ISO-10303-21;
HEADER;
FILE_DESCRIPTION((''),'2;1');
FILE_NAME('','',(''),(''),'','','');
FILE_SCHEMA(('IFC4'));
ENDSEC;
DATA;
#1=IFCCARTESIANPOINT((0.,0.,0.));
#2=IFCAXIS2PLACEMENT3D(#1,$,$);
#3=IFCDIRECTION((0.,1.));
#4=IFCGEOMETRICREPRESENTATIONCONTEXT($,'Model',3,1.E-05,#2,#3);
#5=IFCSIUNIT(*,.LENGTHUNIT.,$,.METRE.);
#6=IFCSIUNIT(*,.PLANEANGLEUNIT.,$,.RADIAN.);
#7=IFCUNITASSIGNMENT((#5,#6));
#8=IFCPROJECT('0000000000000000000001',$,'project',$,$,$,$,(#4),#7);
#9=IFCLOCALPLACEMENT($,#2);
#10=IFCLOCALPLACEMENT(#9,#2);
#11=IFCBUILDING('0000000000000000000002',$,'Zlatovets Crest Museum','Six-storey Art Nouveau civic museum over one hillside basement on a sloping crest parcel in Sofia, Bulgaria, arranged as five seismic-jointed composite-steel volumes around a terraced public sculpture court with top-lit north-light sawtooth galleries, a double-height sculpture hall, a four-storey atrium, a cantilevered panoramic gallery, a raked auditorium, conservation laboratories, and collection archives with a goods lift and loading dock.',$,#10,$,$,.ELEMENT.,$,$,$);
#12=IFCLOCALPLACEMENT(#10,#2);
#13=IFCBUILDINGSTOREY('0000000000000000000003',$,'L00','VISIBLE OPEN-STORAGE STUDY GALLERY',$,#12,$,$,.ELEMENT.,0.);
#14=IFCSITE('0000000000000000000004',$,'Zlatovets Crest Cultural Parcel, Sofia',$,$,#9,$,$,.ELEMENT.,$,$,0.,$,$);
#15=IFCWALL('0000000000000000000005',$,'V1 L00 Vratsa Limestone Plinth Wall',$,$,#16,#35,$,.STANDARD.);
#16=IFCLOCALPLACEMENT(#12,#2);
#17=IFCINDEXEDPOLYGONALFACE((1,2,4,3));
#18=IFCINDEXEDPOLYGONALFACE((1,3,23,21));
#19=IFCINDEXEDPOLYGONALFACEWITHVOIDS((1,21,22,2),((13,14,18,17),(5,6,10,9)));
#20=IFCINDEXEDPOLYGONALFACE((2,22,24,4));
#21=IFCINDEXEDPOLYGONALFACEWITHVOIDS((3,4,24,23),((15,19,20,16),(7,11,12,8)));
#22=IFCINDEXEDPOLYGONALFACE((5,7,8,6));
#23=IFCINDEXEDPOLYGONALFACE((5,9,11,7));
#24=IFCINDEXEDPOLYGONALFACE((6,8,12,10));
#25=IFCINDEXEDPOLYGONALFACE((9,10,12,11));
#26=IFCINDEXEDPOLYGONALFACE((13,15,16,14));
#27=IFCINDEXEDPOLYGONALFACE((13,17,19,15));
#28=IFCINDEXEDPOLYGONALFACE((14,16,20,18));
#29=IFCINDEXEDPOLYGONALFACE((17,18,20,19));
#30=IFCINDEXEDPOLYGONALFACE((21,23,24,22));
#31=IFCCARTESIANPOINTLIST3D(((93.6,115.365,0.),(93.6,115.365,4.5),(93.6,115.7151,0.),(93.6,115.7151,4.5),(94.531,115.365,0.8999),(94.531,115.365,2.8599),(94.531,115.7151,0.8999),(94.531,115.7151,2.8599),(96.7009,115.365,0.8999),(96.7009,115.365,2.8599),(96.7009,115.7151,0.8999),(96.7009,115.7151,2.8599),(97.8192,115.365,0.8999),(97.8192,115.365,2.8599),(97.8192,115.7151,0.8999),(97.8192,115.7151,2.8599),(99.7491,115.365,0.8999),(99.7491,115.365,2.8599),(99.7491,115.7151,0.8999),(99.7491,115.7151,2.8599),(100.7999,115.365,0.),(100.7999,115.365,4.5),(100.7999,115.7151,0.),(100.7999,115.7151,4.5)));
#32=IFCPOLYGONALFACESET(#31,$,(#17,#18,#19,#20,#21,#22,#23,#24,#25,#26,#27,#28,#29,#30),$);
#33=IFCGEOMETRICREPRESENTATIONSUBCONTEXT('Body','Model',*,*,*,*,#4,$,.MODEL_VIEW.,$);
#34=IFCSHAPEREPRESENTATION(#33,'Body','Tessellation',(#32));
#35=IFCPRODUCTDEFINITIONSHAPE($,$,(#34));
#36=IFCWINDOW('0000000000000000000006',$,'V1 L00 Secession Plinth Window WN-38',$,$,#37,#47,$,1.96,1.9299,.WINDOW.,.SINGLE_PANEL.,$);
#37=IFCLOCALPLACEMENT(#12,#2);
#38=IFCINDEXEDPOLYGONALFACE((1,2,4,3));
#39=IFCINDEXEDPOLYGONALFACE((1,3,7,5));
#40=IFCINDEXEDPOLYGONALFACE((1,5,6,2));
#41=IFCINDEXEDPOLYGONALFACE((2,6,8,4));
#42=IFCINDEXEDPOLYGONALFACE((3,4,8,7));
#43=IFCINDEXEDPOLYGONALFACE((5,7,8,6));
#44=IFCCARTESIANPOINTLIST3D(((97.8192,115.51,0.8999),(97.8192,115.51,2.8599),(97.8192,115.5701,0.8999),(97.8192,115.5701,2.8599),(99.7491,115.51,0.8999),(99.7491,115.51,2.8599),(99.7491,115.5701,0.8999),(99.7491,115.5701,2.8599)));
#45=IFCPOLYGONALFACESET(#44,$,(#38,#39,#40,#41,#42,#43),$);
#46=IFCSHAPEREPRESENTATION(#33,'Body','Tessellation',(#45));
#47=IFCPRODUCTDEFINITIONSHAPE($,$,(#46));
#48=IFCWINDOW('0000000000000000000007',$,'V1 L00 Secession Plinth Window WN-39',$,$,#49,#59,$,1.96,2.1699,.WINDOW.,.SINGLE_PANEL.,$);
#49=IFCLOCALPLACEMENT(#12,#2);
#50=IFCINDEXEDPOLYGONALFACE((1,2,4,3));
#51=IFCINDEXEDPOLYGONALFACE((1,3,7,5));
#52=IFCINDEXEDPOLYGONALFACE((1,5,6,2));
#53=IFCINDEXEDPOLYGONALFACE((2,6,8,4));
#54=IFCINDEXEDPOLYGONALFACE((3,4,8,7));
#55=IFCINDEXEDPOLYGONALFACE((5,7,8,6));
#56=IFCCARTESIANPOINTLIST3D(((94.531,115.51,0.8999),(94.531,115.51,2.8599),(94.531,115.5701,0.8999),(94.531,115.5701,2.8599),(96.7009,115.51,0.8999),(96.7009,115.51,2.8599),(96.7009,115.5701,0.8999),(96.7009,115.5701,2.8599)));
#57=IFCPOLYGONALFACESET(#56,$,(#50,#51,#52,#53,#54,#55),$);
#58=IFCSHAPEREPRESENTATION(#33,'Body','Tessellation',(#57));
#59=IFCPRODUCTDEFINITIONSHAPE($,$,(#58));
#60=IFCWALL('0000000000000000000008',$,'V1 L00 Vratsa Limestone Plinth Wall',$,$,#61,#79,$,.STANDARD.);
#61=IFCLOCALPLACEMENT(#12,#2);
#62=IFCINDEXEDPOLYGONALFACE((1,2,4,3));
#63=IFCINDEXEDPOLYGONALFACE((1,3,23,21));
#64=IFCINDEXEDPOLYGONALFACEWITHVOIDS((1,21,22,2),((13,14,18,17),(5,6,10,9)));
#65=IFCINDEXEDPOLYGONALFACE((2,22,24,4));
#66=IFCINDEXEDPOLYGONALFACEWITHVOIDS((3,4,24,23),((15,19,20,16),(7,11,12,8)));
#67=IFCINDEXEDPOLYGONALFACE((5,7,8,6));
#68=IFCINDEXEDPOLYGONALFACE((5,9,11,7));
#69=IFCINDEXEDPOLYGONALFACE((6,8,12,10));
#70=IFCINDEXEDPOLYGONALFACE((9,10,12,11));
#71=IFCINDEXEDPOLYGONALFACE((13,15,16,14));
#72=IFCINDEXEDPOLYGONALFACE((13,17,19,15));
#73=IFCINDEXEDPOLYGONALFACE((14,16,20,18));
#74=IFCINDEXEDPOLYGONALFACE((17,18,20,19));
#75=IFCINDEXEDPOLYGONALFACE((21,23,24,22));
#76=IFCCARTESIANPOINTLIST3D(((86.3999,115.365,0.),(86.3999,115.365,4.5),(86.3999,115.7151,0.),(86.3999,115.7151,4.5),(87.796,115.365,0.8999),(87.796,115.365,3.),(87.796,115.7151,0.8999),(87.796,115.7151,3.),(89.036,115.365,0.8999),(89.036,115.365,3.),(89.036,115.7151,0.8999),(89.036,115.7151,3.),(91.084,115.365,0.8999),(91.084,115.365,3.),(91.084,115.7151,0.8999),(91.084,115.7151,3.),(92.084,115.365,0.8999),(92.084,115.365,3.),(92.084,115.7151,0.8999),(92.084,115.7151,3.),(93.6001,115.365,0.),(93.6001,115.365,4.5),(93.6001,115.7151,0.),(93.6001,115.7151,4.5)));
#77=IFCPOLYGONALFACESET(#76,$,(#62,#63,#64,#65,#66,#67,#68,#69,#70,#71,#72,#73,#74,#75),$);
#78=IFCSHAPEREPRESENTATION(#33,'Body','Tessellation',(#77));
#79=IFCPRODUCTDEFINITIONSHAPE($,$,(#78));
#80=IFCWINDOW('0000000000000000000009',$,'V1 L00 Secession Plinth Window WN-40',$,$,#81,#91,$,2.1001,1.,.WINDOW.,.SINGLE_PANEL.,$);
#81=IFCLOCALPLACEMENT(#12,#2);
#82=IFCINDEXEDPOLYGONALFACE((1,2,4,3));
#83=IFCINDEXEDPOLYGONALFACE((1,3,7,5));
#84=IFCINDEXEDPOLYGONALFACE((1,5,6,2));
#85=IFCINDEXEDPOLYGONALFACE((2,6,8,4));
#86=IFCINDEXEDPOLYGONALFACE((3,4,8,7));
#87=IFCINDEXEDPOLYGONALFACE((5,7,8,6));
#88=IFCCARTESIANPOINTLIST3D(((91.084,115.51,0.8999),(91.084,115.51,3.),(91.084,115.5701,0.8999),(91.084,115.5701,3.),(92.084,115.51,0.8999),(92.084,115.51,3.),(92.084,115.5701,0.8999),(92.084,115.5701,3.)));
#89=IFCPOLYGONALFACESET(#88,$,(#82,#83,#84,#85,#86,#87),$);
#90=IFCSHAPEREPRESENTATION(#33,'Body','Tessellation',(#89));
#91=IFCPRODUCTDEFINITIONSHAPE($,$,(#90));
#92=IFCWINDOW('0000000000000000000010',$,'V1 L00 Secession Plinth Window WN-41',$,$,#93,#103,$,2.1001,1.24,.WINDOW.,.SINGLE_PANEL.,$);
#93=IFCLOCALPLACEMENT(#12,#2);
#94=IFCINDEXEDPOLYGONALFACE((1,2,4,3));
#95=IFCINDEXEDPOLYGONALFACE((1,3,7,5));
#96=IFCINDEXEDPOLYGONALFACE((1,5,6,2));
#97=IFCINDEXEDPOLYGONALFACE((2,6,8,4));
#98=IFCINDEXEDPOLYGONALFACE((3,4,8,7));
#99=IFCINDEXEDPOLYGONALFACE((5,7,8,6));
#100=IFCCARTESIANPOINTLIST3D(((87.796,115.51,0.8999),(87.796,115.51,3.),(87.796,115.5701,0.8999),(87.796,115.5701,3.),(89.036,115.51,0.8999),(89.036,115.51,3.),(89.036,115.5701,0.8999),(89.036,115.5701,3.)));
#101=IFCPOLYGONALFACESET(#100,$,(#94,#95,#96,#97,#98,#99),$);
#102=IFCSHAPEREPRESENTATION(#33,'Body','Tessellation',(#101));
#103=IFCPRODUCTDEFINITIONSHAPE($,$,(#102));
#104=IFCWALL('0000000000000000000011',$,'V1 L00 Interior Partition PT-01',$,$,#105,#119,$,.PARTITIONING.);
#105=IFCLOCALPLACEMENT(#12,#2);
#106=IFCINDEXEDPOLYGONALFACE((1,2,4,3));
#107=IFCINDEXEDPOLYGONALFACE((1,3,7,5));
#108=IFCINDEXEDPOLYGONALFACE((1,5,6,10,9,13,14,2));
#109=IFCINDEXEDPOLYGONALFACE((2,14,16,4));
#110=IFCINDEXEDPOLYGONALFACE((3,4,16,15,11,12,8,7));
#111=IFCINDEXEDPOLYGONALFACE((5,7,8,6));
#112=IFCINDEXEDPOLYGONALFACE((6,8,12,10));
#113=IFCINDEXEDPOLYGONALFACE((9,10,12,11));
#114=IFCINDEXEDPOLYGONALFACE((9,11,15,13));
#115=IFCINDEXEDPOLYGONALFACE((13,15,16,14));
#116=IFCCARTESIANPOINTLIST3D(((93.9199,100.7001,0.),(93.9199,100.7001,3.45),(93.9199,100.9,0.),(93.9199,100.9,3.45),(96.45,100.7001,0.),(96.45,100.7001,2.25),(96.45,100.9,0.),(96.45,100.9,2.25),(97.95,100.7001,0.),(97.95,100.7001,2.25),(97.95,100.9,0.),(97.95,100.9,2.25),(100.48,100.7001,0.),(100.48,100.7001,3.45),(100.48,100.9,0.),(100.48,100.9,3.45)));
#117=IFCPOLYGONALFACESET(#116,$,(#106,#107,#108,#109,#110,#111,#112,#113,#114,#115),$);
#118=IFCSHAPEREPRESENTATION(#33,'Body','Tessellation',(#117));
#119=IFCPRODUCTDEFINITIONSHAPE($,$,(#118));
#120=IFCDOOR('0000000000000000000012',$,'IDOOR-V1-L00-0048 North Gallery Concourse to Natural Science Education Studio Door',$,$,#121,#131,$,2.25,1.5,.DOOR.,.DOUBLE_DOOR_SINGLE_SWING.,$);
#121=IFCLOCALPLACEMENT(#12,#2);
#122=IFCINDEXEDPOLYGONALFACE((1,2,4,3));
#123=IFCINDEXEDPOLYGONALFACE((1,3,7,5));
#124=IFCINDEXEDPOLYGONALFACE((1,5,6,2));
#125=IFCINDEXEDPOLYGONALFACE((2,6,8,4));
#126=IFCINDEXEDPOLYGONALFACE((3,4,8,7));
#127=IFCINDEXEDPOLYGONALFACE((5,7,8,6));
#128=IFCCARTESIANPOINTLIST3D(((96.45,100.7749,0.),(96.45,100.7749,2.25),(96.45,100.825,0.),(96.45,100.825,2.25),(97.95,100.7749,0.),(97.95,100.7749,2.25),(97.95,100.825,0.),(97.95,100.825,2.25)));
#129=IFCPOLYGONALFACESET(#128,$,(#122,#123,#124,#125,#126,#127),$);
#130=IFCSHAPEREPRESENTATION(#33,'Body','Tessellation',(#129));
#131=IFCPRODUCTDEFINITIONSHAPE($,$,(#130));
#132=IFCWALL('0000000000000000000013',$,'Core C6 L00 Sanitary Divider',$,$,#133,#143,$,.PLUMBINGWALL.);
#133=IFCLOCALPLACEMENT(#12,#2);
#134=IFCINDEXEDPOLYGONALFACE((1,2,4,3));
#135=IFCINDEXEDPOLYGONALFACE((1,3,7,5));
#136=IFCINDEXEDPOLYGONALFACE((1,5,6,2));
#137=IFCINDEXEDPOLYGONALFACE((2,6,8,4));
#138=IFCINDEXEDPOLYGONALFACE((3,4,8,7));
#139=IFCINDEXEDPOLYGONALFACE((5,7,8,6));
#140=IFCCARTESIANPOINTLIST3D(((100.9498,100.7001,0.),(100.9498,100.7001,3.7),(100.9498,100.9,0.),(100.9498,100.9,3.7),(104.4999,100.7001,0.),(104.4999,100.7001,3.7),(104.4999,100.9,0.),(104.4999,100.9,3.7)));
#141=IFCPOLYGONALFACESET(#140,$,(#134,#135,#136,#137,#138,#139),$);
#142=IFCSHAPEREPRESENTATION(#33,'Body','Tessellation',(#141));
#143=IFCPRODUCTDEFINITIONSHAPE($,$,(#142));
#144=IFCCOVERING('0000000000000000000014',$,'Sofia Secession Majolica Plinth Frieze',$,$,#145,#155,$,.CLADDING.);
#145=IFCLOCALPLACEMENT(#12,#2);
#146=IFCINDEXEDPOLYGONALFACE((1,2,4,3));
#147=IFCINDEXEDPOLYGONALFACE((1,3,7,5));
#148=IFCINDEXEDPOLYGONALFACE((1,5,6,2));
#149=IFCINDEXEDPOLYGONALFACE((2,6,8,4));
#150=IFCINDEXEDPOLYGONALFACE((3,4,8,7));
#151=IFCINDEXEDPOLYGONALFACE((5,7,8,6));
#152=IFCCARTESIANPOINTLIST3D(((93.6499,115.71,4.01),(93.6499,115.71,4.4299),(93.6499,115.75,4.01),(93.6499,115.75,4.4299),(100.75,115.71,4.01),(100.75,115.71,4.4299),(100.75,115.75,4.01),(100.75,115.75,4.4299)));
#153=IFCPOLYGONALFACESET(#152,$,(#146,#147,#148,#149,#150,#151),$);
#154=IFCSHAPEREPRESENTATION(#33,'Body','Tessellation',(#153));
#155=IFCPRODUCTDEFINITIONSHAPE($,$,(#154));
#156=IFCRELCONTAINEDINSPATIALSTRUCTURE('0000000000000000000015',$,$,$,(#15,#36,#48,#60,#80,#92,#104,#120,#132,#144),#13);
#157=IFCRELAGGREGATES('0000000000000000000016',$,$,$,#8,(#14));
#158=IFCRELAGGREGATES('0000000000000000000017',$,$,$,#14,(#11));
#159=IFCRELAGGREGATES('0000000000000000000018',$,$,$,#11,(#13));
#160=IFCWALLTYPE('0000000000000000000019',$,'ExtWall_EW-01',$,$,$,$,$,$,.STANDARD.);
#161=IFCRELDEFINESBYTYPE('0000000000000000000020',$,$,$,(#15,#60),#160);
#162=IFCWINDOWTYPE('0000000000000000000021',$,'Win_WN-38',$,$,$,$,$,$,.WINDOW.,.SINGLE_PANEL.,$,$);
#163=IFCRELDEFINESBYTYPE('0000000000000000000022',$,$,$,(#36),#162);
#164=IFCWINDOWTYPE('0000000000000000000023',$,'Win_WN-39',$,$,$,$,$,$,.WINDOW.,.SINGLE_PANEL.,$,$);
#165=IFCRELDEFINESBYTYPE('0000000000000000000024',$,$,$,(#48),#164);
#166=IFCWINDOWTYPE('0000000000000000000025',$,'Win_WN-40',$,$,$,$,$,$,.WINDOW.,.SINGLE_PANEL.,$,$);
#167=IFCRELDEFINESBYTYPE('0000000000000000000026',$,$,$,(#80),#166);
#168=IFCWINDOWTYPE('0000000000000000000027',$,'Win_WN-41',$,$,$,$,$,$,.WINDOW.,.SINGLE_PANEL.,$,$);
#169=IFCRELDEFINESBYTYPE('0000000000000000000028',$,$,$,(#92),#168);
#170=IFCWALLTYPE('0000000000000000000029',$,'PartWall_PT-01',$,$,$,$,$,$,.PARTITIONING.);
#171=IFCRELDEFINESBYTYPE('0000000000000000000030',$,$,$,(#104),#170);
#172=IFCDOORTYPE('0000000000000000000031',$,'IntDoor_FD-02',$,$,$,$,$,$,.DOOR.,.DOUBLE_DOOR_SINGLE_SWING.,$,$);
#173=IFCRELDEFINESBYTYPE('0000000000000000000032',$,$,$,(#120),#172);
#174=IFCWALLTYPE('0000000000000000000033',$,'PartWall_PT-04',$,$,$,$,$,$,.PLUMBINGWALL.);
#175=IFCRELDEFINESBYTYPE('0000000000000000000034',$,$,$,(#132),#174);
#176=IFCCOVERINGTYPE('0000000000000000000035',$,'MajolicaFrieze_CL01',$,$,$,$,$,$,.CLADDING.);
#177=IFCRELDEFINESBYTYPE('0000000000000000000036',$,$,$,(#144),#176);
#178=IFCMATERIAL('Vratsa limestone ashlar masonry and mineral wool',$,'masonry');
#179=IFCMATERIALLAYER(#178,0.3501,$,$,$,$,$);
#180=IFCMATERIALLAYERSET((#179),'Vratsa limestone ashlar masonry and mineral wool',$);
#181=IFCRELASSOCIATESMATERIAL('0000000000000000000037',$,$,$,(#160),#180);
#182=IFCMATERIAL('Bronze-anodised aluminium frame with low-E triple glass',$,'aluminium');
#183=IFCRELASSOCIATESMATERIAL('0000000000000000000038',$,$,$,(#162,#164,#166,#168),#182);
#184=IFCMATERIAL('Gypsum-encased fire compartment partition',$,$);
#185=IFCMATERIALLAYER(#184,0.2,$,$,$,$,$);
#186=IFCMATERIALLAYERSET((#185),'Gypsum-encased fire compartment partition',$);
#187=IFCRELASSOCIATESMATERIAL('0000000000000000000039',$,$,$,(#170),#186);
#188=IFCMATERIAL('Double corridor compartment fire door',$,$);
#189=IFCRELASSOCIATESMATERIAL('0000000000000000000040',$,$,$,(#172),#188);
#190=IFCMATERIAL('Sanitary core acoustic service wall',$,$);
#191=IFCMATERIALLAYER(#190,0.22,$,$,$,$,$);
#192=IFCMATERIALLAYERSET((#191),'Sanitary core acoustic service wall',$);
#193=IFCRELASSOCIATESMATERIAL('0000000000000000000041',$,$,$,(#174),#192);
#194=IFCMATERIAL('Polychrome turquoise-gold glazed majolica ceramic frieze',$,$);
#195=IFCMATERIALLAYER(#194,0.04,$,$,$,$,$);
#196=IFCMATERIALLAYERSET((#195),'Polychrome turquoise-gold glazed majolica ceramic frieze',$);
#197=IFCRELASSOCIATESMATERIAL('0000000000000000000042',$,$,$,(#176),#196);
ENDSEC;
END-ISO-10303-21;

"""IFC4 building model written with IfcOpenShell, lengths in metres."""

from ifc_helpers import new_model, si_unit, direction, frame, frame_2d, origin, origin_2d, place, context, subcontext, project, spatial, rectangle, extrude, material, layer, layer_set, type_object, element, fill, save


model = new_model("IFC4")

# Units and contexts
model_context = context("Model", 3, precision=1e-05, world=origin(), true_north=direction((0.0, 1.0)))
body_context = subcontext(model_context, "Body", "Model", "MODEL_VIEW")
ifc_project = project(units=[si_unit("LENGTHUNIT", "METRE"), si_unit("PLANEANGLEUNIT", "RADIAN")], contexts=[model_context])

# Site, building, storey
site_placement = place(None, origin())
site = spatial("IfcSite", under=ifc_project, at=site_placement, Name="Zlatovets Crest Cultural Parcel, Sofia", CompositionType="ELEMENT", RefElevation=0.0)
building_placement = place(site_placement, origin())
building = spatial("IfcBuilding", under=site, at=building_placement, Name="Zlatovets Crest Museum", Description="Six-storey Art Nouveau civic museum over one hillside basement on a sloping crest parcel in Sofia, Bulgaria, arranged as five seismic-jointed composite-steel volumes around a terraced public sculpture court with top-lit north-light sawtooth galleries, a double-height sculpture hall, a four-storey atrium, a cantilevered panoramic gallery, a raked auditorium, conservation laboratories, and collection archives with a goods lift and loading dock.", CompositionType="ELEMENT")
storey_placement = place(building_placement, origin())
storey = spatial("IfcBuildingStorey", under=building, at=storey_placement, Name="L00", Description="VISIBLE OPEN-STORAGE STUDY GALLERY", CompositionType="ELEMENT", Elevation=0.0)

# Walls, openings, windows
ifc_material_1 = material(Name="Vratsa limestone ashlar masonry and mineral wool", Category="masonry")
ifc_layer_1 = layer(ifc_material_1, 0.3501)
ifc_layer_set_1 = layer_set([ifc_layer_1], Name="Vratsa limestone ashlar masonry and mineral wool")
wall_type_1 = type_object("IfcWallType", Name="ExtWall_EW-01", PredefinedType="STANDARD", material=ifc_layer_set_1)
wall_1_placement = place(storey_placement, frame((100.8, 115.54, 0.0), z_axis=(0.0, 0.0, 1.0), x_axis=(-1.0, 0.0, 0.0)))
wall_1 = element("IfcWall", 1, at=wall_1_placement, inside=storey, type_object=wall_type_1, Name="V1 L00 Vratsa Limestone Plinth Wall", PredefinedType="STANDARD", context=body_context, shape_type="SweptSolid", body=[
    extrude(rectangle(XDim=7.2, YDim=0.3501, at=frame_2d((3.6001, 0.0))), origin(), (0.0, 0.0, 1.0), 4.5),
])
opening_1_placement = place(wall_1_placement, frame((1.051, 0.0, 0.8999)))
opening_1 = element("IfcOpeningElement", 2, at=opening_1_placement, cuts=wall_1, PredefinedType="OPENING", context=body_context, shape_type="SweptSolid", body=[
    extrude(rectangle(XDim=1.9299, YDim=1.96, at=frame_2d((0.9648, 0.98))), frame((0.0, 0.1851, 0.0), z_axis=(0.0, -1.0, 0.0), x_axis=(1.0, 0.0, 0.0)), (0.0, 0.0, 1.0), 0.3701),
])
opening_2_placement = place(wall_1_placement, frame((4.0991, 0.0, 0.8999)))
opening_2 = element("IfcOpeningElement", 3, at=opening_2_placement, cuts=wall_1, PredefinedType="OPENING", context=body_context, shape_type="SweptSolid", body=[
    extrude(rectangle(XDim=2.1699, YDim=1.96, at=frame_2d((1.085, 0.98))), frame((0.0, 0.1851, 0.0), z_axis=(0.0, -1.0, 0.0), x_axis=(1.0, 0.0, 0.0)), (0.0, 0.0, 1.0), 0.3701),
])
ifc_material_2 = material(Name="Bronze-anodised aluminium frame with low-E triple glass", Category="aluminium")
window_type_1 = type_object("IfcWindowType", Name="Win_WN-38", PartitioningType="SINGLE_PANEL", PredefinedType="WINDOW", material=ifc_material_2)
window_1_placement = place(opening_1_placement, origin())
window_1 = element("IfcWindow", 4, at=window_1_placement, inside=storey, type_object=window_type_1, Name="V1 L00 Secession Plinth Window WN-38", OverallHeight=1.96, OverallWidth=1.9299, PartitioningType="SINGLE_PANEL", PredefinedType="WINDOW", context=body_context, shape_type="SweptSolid", body=[
    extrude(rectangle(XDim=1.9299, YDim=1.96, at=frame_2d((0.9648, 0.98))), frame((0.0, 0.03, 0.0), z_axis=(0.0, -1.0, 0.0), x_axis=(1.0, 0.0, 0.0)), (0.0, 0.0, 1.0), 0.0601),
])
fill(opening_1, window_1)
window_type_2 = type_object("IfcWindowType", Name="Win_WN-39", PartitioningType="SINGLE_PANEL", PredefinedType="WINDOW", material=ifc_material_2)
window_2_placement = place(opening_2_placement, origin())
window_2 = element("IfcWindow", 5, at=window_2_placement, inside=storey, type_object=window_type_2, Name="V1 L00 Secession Plinth Window WN-39", OverallHeight=1.96, OverallWidth=2.1699, PartitioningType="SINGLE_PANEL", PredefinedType="WINDOW", context=body_context, shape_type="SweptSolid", body=[
    extrude(rectangle(XDim=2.1699, YDim=1.96, at=frame_2d((1.085, 0.98))), frame((0.0, 0.03, 0.0), z_axis=(0.0, -1.0, 0.0), x_axis=(1.0, 0.0, 0.0)), (0.0, 0.0, 1.0), 0.0601),
])
fill(opening_2, window_2)
wall_2_placement = place(storey_placement, frame((93.6001, 115.54, 0.0), z_axis=(0.0, 0.0, 1.0), x_axis=(-1.0, 0.0, 0.0)))
wall_2 = element("IfcWall", 6, at=wall_2_placement, inside=storey, type_object=wall_type_1, Name="V1 L00 Vratsa Limestone Plinth Wall", PredefinedType="STANDARD", context=body_context, shape_type="SweptSolid", body=[
    extrude(rectangle(XDim=7.2002, YDim=0.3501, at=frame_2d((3.6001, 0.0))), origin(), (0.0, 0.0, 1.0), 4.5),
])
opening_3_placement = place(wall_2_placement, frame((1.5161, 0.0, 0.8999)))
opening_3 = element("IfcOpeningElement", 7, at=opening_3_placement, cuts=wall_2, PredefinedType="OPENING", context=body_context, shape_type="SweptSolid", body=[
    extrude(rectangle(XDim=1.0, YDim=2.1001, at=frame_2d((0.5, 1.05))), frame((0.0, 0.1851, 0.0), z_axis=(0.0, -1.0, 0.0), x_axis=(1.0, 0.0, 0.0)), (0.0, 0.0, 1.0), 0.3701),
])
opening_4_placement = place(wall_2_placement, frame((4.564, 0.0, 0.8999)))
opening_4 = element("IfcOpeningElement", 8, at=opening_4_placement, cuts=wall_2, PredefinedType="OPENING", context=body_context, shape_type="SweptSolid", body=[
    extrude(rectangle(XDim=1.24, YDim=2.1001, at=frame_2d((0.6201, 1.05))), frame((0.0, 0.1851, 0.0), z_axis=(0.0, -1.0, 0.0), x_axis=(1.0, 0.0, 0.0)), (0.0, 0.0, 1.0), 0.3701),
])
window_type_3 = type_object("IfcWindowType", Name="Win_WN-40", PartitioningType="SINGLE_PANEL", PredefinedType="WINDOW", material=ifc_material_2)
window_3_placement = place(opening_3_placement, origin())
window_3 = element("IfcWindow", 9, at=window_3_placement, inside=storey, type_object=window_type_3, Name="V1 L00 Secession Plinth Window WN-40", OverallHeight=2.1001, OverallWidth=1.0, PartitioningType="SINGLE_PANEL", PredefinedType="WINDOW", context=body_context, shape_type="SweptSolid", body=[
    extrude(rectangle(XDim=1.0, YDim=2.1001, at=frame_2d((0.5, 1.05))), frame((0.0, 0.03, 0.0), z_axis=(0.0, -1.0, 0.0), x_axis=(1.0, 0.0, 0.0)), (0.0, 0.0, 1.0), 0.0601),
])
fill(opening_3, window_3)
window_type_4 = type_object("IfcWindowType", Name="Win_WN-41", PartitioningType="SINGLE_PANEL", PredefinedType="WINDOW", material=ifc_material_2)
window_4_placement = place(opening_4_placement, origin())
window_4 = element("IfcWindow", 10, at=window_4_placement, inside=storey, type_object=window_type_4, Name="V1 L00 Secession Plinth Window WN-41", OverallHeight=2.1001, OverallWidth=1.24, PartitioningType="SINGLE_PANEL", PredefinedType="WINDOW", context=body_context, shape_type="SweptSolid", body=[
    extrude(rectangle(XDim=1.24, YDim=2.1001, at=frame_2d((0.6201, 1.05))), frame((0.0, 0.03, 0.0), z_axis=(0.0, -1.0, 0.0), x_axis=(1.0, 0.0, 0.0)), (0.0, 0.0, 1.0), 0.0601),
])
fill(opening_4, window_4)

# Wall, opening, door
ifc_material_3 = material(Name="Gypsum-encased fire compartment partition")
ifc_layer_2 = layer(ifc_material_3, 0.2)
ifc_layer_set_2 = layer_set([ifc_layer_2], Name="Gypsum-encased fire compartment partition")
wall_type_2 = type_object("IfcWallType", Name="PartWall_PT-01", PredefinedType="PARTITIONING", material=ifc_layer_set_2)
wall_3_placement = place(storey_placement, frame((93.9199, 100.8, 0.0), z_axis=(0.0, 0.0, 1.0), x_axis=(1.0, 0.0, 0.0)))
wall_3 = element("IfcWall", 11, at=wall_3_placement, inside=storey, type_object=wall_type_2, Name="V1 L00 Interior Partition PT-01", PredefinedType="PARTITIONING", context=body_context, shape_type="SweptSolid", body=[
    extrude(rectangle(XDim=6.5601, YDim=0.2, at=frame_2d((3.28, 0.0))), origin(), (0.0, 0.0, 1.0), 3.45),
])
opening_5_placement = place(wall_3_placement, frame((2.53, 0.0, 0.0)))
opening_5 = element("IfcOpeningElement", 12, at=opening_5_placement, cuts=wall_3, PredefinedType="OPENING", context=body_context, shape_type="SweptSolid", body=[
    extrude(rectangle(XDim=1.5, YDim=2.25, at=frame_2d((0.75, 1.125))), frame((0.0, 0.1099, 0.0), z_axis=(0.0, -1.0, 0.0), x_axis=(1.0, 0.0, 0.0)), (0.0, 0.0, 1.0), 0.22),
])
ifc_material_4 = material(Name="Double corridor compartment fire door")
door_type_1 = type_object("IfcDoorType", Name="IntDoor_FD-02", OperationType="DOUBLE_DOOR_SINGLE_SWING", PredefinedType="DOOR", material=ifc_material_4)
door_1_placement = place(opening_5_placement, origin())
door_1 = element("IfcDoor", 13, at=door_1_placement, inside=storey, type_object=door_type_1, Name="IDOOR-V1-L00-0048 North Gallery Concourse to Natural Science Education Studio Door", OperationType="DOUBLE_DOOR_SINGLE_SWING", OverallHeight=2.25, OverallWidth=1.5, PredefinedType="DOOR", context=body_context, shape_type="SweptSolid", body=[
    extrude(rectangle(XDim=1.5, YDim=2.25, at=frame_2d((0.75, 1.125))), frame((0.0, 0.0249, 0.0), z_axis=(0.0, -1.0, 0.0), x_axis=(1.0, 0.0, 0.0)), (0.0, 0.0, 1.0), 0.05),
])
fill(opening_5, door_1)

# Wall
ifc_material_5 = material(Name="Sanitary core acoustic service wall")
ifc_layer_3 = layer(ifc_material_5, 0.22)
ifc_layer_set_3 = layer_set([ifc_layer_3], Name="Sanitary core acoustic service wall")
wall_type_3 = type_object("IfcWallType", Name="PartWall_PT-04", PredefinedType="PLUMBINGWALL", material=ifc_layer_set_3)
wall_4_placement = place(storey_placement, frame((100.95, 100.8, 0.0), z_axis=(0.0, 0.0, 1.0), x_axis=(1.0, 0.0, 0.0)))
element("IfcWall", 14, at=wall_4_placement, inside=storey, type_object=wall_type_3, Name="Core C6 L00 Sanitary Divider", PredefinedType="PLUMBINGWALL", context=body_context, shape_type="SweptSolid", body=[
    extrude(rectangle(XDim=3.55, YDim=0.2, at=frame_2d((1.7749, 0.0))), origin(), (0.0, 0.0, 1.0), 3.7),
])

# Covering
ifc_material_6 = material(Name="Polychrome turquoise-gold glazed majolica ceramic frieze")
ifc_layer_4 = layer(ifc_material_6, 0.04)
ifc_layer_set_4 = layer_set([ifc_layer_4], Name="Polychrome turquoise-gold glazed majolica ceramic frieze")
covering_type = type_object("IfcCoveringType", Name="MajolicaFrieze_CL01", PredefinedType="CLADDING", material=ifc_layer_set_4)
covering_placement = place(storey_placement, frame((97.2, 115.73, 4.01), z_axis=(0.0, 0.0, 1.0), x_axis=(1.0, 0.0, 0.0)))
element("IfcCovering", 15, at=covering_placement, inside=storey, type_object=covering_type, Name="Sofia Secession Majolica Plinth Frieze", PredefinedType="CLADDING", context=body_context, shape_type="SweptSolid", body=[
    extrude(rectangle(XDim=7.1001, YDim=0.04, at=origin_2d()), origin(), (0.0, 0.0, 1.0), 0.4199),
])

save(model, "model.ifc")
